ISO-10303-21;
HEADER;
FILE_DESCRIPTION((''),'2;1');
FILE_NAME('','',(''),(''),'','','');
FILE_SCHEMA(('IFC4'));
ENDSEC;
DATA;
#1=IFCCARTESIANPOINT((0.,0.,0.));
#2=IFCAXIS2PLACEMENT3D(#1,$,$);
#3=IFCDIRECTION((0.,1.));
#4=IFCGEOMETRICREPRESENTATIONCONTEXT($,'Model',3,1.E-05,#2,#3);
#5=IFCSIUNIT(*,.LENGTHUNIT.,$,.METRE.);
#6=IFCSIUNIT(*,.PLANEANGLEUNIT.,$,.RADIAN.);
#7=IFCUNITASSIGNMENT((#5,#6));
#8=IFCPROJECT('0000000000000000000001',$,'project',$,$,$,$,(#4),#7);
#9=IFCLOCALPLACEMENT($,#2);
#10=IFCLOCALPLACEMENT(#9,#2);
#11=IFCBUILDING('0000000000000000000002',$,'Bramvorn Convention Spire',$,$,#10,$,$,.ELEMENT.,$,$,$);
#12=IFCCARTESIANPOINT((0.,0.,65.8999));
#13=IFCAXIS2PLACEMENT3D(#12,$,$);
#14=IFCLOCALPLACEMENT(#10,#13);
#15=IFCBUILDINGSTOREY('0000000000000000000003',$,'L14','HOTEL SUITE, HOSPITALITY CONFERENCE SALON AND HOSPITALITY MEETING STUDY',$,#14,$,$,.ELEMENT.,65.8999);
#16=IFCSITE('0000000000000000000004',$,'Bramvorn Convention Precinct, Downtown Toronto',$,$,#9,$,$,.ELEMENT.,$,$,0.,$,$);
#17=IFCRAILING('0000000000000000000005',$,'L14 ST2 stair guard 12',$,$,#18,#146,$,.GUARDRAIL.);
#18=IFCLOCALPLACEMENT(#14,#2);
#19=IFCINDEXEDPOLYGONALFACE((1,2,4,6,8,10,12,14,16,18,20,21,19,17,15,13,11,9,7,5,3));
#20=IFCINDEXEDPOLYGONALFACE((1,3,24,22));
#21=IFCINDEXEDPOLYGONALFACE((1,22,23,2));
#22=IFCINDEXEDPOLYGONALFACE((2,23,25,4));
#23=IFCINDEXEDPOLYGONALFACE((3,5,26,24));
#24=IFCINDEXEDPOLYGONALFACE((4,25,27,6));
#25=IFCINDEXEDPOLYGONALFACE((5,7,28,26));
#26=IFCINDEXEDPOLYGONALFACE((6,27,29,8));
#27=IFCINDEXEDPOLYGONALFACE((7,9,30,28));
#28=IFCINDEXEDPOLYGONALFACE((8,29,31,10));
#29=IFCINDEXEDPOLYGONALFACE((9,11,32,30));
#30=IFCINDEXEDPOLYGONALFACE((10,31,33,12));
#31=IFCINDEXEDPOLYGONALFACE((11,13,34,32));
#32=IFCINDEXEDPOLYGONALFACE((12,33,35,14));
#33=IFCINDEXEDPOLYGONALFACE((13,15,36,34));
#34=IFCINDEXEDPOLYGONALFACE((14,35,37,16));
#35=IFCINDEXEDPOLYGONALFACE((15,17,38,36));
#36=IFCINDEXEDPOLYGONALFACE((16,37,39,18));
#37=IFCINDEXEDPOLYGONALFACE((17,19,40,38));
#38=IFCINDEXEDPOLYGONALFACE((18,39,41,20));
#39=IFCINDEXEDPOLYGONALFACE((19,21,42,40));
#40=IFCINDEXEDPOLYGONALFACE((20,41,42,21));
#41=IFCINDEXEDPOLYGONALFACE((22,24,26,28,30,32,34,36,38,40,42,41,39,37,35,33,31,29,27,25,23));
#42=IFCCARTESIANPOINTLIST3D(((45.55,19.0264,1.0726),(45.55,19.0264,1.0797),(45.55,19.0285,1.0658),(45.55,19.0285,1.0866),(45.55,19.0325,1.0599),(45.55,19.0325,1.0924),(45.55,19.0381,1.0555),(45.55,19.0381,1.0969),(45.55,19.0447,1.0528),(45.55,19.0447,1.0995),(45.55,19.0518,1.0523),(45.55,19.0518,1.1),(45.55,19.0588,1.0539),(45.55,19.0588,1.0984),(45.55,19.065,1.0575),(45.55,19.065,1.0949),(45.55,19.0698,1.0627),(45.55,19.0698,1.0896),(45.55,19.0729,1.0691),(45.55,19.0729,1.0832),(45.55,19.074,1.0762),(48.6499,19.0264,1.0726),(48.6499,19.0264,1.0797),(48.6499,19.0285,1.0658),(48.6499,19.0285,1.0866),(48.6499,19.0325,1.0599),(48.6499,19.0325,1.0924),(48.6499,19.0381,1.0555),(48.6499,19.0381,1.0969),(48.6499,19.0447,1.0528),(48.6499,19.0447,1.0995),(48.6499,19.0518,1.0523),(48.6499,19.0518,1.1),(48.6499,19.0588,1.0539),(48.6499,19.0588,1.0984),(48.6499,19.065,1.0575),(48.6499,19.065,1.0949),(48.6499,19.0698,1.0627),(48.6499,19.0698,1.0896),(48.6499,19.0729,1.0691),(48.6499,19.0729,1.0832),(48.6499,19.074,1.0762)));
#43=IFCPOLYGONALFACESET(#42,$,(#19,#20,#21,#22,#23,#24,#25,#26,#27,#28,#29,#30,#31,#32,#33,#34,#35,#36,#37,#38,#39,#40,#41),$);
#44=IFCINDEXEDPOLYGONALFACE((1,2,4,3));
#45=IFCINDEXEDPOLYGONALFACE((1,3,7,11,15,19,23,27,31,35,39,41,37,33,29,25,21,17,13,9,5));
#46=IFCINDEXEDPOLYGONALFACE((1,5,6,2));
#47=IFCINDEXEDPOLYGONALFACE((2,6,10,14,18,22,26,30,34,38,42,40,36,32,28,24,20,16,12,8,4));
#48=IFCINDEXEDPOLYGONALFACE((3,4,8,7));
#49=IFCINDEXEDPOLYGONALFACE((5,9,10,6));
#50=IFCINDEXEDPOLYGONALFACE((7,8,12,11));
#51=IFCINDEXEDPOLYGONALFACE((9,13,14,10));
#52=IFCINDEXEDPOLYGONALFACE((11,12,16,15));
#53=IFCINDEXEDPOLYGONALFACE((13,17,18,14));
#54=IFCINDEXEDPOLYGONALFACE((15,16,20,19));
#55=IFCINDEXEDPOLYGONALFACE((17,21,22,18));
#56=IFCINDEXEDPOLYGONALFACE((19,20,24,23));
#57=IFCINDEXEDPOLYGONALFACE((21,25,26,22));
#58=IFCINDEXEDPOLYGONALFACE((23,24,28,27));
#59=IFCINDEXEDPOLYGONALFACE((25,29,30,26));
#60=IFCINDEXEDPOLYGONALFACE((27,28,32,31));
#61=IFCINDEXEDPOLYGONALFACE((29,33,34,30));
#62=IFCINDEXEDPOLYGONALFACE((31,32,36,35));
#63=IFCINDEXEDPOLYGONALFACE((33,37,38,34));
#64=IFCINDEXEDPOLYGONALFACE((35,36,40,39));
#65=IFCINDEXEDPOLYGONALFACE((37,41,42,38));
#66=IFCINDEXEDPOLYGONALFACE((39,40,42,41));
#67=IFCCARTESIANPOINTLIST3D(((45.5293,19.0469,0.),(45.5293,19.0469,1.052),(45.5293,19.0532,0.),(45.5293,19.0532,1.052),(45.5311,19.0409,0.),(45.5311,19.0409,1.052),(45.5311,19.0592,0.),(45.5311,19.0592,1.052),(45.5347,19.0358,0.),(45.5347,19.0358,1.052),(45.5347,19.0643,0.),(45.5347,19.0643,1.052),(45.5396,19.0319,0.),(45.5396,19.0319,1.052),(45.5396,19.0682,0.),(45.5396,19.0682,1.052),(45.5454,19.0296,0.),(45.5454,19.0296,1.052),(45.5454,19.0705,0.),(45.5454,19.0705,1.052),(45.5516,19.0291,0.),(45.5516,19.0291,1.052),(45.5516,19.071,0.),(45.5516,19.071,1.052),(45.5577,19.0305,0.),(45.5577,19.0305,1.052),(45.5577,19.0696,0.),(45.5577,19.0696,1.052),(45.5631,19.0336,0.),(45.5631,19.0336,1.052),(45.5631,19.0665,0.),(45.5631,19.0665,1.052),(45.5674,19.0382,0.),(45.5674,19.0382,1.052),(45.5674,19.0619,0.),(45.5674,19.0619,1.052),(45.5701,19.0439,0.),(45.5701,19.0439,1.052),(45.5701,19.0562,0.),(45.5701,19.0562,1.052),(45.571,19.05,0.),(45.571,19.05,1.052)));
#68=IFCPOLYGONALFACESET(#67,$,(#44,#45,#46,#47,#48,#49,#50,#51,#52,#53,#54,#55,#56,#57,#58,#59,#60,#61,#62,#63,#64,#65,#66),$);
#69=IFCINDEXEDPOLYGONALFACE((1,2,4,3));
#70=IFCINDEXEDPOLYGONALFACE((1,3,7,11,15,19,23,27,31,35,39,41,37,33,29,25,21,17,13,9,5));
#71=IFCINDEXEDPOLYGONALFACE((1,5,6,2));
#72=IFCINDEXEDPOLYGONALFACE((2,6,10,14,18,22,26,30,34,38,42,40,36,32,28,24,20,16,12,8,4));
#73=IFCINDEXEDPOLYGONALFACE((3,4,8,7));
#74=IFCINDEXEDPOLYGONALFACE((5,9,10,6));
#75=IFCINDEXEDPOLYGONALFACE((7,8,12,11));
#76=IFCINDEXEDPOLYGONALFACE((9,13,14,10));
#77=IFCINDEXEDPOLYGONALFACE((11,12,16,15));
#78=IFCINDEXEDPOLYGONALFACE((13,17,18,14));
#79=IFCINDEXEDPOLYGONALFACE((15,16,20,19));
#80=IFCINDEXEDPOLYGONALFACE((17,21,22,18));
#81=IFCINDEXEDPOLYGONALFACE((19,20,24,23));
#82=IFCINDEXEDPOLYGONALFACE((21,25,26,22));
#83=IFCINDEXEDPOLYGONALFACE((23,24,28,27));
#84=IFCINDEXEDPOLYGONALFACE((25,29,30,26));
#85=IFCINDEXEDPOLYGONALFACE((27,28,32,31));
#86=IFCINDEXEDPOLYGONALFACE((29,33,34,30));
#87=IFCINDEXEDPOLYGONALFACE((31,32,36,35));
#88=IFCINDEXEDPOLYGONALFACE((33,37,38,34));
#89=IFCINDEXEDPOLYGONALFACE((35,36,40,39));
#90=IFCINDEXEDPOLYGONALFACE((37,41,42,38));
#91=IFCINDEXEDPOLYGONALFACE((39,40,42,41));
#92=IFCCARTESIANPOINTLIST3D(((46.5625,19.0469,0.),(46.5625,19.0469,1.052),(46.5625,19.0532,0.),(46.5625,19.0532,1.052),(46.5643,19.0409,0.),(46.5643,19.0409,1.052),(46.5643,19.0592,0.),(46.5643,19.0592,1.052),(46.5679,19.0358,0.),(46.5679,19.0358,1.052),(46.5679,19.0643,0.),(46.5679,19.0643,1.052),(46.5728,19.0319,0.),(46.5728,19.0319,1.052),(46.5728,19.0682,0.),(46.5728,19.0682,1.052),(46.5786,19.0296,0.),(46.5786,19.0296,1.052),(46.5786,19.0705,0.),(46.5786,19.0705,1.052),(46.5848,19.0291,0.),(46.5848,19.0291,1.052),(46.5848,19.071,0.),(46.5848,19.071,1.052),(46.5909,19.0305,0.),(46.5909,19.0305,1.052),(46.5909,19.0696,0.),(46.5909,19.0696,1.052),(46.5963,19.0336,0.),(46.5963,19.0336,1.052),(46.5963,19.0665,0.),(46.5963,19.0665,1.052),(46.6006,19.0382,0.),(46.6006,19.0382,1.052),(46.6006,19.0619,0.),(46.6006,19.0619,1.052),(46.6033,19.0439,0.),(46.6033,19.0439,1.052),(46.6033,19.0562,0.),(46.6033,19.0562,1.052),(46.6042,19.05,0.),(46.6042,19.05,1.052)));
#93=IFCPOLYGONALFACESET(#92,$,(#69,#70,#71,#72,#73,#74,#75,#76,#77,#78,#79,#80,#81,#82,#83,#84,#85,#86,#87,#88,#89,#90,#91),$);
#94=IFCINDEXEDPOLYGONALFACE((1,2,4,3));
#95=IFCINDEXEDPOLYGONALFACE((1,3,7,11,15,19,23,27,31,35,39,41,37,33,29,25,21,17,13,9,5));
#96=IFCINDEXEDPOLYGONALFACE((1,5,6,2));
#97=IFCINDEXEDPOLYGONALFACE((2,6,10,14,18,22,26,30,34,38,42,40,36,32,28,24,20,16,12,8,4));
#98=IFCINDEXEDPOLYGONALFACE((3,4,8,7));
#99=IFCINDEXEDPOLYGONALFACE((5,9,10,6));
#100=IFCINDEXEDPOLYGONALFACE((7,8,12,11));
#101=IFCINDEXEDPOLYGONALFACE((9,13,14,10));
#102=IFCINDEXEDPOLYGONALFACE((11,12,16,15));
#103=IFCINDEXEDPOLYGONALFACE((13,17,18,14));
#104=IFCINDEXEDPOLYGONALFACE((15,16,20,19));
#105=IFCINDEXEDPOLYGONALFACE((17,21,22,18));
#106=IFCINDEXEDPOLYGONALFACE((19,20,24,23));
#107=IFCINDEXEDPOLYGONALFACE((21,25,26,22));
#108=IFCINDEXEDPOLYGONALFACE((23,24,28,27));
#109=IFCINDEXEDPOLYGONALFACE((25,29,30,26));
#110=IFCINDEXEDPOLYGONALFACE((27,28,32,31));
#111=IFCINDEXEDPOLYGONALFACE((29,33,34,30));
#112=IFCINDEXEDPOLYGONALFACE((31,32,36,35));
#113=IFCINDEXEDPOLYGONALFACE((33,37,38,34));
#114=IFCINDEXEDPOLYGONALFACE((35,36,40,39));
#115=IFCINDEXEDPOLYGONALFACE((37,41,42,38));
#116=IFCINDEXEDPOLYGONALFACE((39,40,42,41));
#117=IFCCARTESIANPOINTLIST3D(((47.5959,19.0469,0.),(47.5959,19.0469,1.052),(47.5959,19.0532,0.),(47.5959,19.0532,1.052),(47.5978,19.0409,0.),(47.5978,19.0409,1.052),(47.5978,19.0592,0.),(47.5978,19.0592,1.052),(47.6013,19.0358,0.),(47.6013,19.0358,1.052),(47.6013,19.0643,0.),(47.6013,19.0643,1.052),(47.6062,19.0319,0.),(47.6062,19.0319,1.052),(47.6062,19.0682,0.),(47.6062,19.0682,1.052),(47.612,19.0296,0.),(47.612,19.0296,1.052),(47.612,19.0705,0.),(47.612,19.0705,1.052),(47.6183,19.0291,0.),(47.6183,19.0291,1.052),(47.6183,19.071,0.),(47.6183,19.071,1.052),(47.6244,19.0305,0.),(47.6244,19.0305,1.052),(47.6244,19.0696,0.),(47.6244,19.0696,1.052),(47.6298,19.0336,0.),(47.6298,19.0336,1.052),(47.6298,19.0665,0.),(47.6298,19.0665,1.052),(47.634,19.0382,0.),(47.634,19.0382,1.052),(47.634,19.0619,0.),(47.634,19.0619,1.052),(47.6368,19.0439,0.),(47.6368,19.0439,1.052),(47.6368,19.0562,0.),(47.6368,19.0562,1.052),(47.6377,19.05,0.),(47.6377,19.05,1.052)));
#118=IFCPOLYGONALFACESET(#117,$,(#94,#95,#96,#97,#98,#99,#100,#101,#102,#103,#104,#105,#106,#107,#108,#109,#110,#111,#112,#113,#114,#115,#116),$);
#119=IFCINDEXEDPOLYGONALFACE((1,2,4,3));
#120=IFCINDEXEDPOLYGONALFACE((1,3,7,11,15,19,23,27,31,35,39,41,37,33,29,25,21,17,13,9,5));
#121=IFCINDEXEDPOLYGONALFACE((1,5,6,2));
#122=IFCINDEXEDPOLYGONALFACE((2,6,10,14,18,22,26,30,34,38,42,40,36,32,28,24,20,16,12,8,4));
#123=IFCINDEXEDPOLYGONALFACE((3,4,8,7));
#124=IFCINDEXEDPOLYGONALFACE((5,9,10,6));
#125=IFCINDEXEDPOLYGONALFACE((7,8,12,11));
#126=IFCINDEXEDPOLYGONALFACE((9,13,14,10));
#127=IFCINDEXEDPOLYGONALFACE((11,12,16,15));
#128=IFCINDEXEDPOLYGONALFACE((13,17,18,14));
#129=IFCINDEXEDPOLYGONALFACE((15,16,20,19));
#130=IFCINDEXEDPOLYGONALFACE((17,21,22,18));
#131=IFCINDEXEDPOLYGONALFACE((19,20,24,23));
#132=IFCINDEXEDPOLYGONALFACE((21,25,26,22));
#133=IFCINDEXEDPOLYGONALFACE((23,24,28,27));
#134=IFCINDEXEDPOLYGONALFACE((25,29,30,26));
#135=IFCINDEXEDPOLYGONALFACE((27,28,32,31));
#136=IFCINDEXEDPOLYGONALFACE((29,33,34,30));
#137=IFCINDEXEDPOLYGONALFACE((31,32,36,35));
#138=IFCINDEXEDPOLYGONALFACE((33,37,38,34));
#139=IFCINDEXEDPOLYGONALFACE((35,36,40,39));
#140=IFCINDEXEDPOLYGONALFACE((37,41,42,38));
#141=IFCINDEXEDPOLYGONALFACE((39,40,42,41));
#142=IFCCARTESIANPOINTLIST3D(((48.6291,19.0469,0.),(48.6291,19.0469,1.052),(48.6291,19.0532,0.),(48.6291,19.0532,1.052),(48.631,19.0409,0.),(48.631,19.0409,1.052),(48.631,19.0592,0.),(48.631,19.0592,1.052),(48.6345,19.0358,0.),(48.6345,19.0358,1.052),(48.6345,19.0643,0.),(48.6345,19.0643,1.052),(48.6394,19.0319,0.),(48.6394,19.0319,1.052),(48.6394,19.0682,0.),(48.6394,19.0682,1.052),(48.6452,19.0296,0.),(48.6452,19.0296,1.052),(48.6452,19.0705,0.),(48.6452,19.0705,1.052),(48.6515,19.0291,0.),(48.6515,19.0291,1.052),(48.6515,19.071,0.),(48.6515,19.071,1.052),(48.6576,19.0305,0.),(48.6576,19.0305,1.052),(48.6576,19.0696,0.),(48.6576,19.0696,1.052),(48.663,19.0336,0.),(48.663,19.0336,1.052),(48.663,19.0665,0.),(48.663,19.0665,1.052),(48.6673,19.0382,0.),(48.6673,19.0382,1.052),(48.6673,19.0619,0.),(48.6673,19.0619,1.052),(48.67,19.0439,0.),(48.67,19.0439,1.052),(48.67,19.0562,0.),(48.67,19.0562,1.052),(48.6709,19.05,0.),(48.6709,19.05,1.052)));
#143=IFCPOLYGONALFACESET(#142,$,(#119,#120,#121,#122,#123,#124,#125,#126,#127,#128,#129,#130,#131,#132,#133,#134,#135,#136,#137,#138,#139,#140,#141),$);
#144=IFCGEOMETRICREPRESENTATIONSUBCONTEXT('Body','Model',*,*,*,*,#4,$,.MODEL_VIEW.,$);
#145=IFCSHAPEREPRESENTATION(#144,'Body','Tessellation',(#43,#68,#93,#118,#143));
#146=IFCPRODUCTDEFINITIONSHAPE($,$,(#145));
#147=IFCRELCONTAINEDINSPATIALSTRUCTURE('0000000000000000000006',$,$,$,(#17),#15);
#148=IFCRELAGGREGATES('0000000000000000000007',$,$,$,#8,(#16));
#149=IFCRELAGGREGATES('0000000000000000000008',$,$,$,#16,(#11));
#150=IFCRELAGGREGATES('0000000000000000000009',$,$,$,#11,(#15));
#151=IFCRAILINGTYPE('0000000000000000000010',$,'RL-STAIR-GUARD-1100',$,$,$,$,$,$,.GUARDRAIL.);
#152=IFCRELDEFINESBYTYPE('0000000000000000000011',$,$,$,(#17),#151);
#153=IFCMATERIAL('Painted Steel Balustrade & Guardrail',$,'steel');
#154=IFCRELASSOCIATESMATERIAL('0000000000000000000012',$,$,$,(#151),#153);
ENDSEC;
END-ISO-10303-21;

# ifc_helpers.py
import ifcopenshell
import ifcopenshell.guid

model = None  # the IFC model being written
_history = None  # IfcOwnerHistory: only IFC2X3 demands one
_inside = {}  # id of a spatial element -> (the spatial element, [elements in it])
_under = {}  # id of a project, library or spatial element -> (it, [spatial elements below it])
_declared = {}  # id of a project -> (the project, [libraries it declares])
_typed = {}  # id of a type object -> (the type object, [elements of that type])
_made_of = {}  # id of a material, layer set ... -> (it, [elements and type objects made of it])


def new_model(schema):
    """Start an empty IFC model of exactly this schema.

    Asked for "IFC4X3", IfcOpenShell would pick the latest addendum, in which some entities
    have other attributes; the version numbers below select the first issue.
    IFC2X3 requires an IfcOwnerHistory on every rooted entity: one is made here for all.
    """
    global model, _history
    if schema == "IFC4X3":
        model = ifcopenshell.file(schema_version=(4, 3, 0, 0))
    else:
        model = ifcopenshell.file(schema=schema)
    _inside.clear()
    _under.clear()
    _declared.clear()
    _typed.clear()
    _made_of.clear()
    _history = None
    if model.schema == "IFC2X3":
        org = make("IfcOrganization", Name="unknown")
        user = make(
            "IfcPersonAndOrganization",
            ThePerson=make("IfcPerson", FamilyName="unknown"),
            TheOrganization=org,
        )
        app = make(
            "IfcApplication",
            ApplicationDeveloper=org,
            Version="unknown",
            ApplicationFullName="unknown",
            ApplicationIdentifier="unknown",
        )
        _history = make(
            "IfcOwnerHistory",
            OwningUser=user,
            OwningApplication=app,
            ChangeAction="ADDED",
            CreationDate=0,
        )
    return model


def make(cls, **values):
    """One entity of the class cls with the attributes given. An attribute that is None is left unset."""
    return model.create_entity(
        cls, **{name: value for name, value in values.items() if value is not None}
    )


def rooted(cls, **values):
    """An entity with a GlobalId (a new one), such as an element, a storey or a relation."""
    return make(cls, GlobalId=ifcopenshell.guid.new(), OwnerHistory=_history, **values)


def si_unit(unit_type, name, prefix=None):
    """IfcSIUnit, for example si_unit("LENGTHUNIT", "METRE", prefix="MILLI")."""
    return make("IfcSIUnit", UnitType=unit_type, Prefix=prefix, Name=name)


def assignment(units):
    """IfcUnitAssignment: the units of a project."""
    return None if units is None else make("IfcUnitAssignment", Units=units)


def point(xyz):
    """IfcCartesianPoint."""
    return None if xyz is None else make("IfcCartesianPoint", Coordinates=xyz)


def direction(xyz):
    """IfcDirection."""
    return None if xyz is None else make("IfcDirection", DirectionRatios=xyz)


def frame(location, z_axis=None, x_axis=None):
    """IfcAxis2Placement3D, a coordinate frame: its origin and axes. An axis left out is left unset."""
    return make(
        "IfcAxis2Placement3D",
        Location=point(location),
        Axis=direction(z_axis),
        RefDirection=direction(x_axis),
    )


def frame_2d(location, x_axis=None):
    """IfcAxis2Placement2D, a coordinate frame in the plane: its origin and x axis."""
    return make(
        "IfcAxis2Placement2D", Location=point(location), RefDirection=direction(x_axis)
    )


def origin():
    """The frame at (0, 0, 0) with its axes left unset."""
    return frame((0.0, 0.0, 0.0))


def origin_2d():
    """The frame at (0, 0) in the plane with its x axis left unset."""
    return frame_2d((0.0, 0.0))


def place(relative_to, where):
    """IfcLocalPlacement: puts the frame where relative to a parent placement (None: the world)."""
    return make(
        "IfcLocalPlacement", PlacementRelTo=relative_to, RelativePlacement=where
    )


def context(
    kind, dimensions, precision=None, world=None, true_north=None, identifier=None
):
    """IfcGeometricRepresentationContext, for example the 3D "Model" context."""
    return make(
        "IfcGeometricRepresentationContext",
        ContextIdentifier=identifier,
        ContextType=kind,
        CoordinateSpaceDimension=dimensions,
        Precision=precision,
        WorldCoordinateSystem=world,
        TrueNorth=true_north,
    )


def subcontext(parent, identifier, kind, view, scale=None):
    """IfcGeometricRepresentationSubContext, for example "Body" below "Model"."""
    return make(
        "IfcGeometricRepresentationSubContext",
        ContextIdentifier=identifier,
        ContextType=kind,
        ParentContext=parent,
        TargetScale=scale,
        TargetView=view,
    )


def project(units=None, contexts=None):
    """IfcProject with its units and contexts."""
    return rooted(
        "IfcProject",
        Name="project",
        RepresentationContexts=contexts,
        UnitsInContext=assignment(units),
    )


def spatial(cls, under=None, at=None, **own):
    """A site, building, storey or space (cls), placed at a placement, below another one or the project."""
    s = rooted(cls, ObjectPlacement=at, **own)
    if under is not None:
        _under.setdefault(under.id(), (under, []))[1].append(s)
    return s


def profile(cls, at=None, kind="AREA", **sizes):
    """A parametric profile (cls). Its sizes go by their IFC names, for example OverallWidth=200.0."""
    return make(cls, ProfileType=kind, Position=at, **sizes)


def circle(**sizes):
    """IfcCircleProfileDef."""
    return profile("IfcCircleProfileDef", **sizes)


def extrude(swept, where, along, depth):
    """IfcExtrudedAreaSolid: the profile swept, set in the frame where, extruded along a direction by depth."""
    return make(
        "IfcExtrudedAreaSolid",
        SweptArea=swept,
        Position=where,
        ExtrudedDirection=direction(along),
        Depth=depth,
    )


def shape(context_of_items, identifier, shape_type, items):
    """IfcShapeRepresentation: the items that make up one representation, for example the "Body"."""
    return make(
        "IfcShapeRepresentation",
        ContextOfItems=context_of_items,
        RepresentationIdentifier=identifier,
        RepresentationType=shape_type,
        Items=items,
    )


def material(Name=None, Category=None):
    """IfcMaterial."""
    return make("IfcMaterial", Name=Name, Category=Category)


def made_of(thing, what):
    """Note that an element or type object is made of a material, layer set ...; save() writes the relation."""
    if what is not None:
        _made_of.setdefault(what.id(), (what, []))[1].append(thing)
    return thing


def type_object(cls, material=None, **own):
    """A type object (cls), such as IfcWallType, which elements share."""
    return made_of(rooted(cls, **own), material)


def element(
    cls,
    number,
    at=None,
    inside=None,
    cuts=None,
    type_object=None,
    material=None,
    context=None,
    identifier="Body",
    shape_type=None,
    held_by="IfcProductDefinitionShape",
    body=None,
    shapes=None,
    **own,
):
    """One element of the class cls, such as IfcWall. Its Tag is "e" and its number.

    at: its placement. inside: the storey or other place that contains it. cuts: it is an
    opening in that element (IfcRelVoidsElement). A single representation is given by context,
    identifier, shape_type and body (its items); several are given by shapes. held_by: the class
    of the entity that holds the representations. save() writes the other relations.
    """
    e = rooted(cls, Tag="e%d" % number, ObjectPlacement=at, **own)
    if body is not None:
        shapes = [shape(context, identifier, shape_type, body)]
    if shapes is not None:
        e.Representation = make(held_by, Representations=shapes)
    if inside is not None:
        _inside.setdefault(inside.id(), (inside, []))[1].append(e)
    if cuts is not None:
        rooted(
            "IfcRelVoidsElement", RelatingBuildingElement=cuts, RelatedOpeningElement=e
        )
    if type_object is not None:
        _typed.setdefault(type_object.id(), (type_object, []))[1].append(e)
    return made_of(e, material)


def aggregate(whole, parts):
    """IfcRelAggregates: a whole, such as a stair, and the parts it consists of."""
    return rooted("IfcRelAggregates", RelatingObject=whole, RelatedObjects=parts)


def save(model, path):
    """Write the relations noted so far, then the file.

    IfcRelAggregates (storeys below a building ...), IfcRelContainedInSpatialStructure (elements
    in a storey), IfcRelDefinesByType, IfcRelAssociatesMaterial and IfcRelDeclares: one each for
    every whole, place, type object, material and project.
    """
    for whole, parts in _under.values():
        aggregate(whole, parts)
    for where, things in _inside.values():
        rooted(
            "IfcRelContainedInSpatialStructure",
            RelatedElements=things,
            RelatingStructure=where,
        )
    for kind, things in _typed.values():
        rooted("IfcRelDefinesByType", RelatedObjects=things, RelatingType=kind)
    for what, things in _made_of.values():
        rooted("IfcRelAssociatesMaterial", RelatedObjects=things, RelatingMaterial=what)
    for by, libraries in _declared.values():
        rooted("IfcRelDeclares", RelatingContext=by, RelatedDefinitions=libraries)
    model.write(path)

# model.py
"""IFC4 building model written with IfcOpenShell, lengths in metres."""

from ifc_helpers import new_model, si_unit, direction, frame, origin, origin_2d, place, context, subcontext, project, spatial, circle, extrude, material, type_object, element, save


model = new_model("IFC4")

# Units and contexts
model_context = context("Model", 3, precision=1e-05, world=origin(), true_north=direction((0.0, 1.0)))
body_context = subcontext(model_context, "Body", "Model", "MODEL_VIEW")
ifc_project = project(units=[si_unit("LENGTHUNIT", "METRE"), si_unit("PLANEANGLEUNIT", "RADIAN")], contexts=[model_context])

# Site, building, storey
site_placement = place(None, origin())
site = spatial("IfcSite", under=ifc_project, at=site_placement, Name="Bramvorn Convention Precinct, Downtown Toronto", CompositionType="ELEMENT", RefElevation=0.0)
building_placement = place(site_placement, origin())
building = spatial("IfcBuilding", under=site, at=building_placement, Name="Bramvorn Convention Spire", CompositionType="ELEMENT")
storey_placement = place(building_placement, frame((0.0, 0.0, 65.8999)))
storey = spatial("IfcBuildingStorey", under=building, at=storey_placement, Name="L14", Description="HOTEL SUITE, HOSPITALITY CONFERENCE SALON AND HOSPITALITY MEETING STUDY", CompositionType="ELEMENT", Elevation=65.8999)

# Railing
ifc_material_1 = material(Name="Painted Steel Balustrade & Guardrail", Category="steel")
railing_type_1 = type_object("IfcRailingType", Name="RL-STAIR-GUARD-1100", PredefinedType="GUARDRAIL", material=ifc_material_1)
railing_1_placement = place(storey_placement, frame((45.55, 19.05, 0.0)))
element("IfcRailing", 1, at=railing_1_placement, inside=storey, type_object=railing_type_1, Name="L14 ST2 stair guard 12", PredefinedType="GUARDRAIL", context=body_context, shape_type="SweptSolid", body=[
    extrude(circle(Radius=0.0239, at=origin_2d()), frame((0.0, 0.0, 1.0762), z_axis=(1.0, 0.0, 0.0), x_axis=(0.0, 1.0, 0.0)), (0.0, 0.0, 1.0), 3.0999),
    extrude(circle(Radius=0.021, at=origin_2d()), origin(), (0.0, 0.0, 1.0), 1.052),
    extrude(circle(Radius=0.021, at=origin_2d()), frame((1.0332, 0.0, 0.0)), (0.0, 0.0, 1.0), 1.052),
    extrude(circle(Radius=0.021, at=origin_2d()), frame((2.0667, 0.0, 0.0)), (0.0, 0.0, 1.0), 1.052),
    extrude(circle(Radius=0.021, at=origin_2d()), frame((3.0999, 0.0, 0.0)), (0.0, 0.0, 1.0), 1.052),
])

save(model, "model.ifc")
